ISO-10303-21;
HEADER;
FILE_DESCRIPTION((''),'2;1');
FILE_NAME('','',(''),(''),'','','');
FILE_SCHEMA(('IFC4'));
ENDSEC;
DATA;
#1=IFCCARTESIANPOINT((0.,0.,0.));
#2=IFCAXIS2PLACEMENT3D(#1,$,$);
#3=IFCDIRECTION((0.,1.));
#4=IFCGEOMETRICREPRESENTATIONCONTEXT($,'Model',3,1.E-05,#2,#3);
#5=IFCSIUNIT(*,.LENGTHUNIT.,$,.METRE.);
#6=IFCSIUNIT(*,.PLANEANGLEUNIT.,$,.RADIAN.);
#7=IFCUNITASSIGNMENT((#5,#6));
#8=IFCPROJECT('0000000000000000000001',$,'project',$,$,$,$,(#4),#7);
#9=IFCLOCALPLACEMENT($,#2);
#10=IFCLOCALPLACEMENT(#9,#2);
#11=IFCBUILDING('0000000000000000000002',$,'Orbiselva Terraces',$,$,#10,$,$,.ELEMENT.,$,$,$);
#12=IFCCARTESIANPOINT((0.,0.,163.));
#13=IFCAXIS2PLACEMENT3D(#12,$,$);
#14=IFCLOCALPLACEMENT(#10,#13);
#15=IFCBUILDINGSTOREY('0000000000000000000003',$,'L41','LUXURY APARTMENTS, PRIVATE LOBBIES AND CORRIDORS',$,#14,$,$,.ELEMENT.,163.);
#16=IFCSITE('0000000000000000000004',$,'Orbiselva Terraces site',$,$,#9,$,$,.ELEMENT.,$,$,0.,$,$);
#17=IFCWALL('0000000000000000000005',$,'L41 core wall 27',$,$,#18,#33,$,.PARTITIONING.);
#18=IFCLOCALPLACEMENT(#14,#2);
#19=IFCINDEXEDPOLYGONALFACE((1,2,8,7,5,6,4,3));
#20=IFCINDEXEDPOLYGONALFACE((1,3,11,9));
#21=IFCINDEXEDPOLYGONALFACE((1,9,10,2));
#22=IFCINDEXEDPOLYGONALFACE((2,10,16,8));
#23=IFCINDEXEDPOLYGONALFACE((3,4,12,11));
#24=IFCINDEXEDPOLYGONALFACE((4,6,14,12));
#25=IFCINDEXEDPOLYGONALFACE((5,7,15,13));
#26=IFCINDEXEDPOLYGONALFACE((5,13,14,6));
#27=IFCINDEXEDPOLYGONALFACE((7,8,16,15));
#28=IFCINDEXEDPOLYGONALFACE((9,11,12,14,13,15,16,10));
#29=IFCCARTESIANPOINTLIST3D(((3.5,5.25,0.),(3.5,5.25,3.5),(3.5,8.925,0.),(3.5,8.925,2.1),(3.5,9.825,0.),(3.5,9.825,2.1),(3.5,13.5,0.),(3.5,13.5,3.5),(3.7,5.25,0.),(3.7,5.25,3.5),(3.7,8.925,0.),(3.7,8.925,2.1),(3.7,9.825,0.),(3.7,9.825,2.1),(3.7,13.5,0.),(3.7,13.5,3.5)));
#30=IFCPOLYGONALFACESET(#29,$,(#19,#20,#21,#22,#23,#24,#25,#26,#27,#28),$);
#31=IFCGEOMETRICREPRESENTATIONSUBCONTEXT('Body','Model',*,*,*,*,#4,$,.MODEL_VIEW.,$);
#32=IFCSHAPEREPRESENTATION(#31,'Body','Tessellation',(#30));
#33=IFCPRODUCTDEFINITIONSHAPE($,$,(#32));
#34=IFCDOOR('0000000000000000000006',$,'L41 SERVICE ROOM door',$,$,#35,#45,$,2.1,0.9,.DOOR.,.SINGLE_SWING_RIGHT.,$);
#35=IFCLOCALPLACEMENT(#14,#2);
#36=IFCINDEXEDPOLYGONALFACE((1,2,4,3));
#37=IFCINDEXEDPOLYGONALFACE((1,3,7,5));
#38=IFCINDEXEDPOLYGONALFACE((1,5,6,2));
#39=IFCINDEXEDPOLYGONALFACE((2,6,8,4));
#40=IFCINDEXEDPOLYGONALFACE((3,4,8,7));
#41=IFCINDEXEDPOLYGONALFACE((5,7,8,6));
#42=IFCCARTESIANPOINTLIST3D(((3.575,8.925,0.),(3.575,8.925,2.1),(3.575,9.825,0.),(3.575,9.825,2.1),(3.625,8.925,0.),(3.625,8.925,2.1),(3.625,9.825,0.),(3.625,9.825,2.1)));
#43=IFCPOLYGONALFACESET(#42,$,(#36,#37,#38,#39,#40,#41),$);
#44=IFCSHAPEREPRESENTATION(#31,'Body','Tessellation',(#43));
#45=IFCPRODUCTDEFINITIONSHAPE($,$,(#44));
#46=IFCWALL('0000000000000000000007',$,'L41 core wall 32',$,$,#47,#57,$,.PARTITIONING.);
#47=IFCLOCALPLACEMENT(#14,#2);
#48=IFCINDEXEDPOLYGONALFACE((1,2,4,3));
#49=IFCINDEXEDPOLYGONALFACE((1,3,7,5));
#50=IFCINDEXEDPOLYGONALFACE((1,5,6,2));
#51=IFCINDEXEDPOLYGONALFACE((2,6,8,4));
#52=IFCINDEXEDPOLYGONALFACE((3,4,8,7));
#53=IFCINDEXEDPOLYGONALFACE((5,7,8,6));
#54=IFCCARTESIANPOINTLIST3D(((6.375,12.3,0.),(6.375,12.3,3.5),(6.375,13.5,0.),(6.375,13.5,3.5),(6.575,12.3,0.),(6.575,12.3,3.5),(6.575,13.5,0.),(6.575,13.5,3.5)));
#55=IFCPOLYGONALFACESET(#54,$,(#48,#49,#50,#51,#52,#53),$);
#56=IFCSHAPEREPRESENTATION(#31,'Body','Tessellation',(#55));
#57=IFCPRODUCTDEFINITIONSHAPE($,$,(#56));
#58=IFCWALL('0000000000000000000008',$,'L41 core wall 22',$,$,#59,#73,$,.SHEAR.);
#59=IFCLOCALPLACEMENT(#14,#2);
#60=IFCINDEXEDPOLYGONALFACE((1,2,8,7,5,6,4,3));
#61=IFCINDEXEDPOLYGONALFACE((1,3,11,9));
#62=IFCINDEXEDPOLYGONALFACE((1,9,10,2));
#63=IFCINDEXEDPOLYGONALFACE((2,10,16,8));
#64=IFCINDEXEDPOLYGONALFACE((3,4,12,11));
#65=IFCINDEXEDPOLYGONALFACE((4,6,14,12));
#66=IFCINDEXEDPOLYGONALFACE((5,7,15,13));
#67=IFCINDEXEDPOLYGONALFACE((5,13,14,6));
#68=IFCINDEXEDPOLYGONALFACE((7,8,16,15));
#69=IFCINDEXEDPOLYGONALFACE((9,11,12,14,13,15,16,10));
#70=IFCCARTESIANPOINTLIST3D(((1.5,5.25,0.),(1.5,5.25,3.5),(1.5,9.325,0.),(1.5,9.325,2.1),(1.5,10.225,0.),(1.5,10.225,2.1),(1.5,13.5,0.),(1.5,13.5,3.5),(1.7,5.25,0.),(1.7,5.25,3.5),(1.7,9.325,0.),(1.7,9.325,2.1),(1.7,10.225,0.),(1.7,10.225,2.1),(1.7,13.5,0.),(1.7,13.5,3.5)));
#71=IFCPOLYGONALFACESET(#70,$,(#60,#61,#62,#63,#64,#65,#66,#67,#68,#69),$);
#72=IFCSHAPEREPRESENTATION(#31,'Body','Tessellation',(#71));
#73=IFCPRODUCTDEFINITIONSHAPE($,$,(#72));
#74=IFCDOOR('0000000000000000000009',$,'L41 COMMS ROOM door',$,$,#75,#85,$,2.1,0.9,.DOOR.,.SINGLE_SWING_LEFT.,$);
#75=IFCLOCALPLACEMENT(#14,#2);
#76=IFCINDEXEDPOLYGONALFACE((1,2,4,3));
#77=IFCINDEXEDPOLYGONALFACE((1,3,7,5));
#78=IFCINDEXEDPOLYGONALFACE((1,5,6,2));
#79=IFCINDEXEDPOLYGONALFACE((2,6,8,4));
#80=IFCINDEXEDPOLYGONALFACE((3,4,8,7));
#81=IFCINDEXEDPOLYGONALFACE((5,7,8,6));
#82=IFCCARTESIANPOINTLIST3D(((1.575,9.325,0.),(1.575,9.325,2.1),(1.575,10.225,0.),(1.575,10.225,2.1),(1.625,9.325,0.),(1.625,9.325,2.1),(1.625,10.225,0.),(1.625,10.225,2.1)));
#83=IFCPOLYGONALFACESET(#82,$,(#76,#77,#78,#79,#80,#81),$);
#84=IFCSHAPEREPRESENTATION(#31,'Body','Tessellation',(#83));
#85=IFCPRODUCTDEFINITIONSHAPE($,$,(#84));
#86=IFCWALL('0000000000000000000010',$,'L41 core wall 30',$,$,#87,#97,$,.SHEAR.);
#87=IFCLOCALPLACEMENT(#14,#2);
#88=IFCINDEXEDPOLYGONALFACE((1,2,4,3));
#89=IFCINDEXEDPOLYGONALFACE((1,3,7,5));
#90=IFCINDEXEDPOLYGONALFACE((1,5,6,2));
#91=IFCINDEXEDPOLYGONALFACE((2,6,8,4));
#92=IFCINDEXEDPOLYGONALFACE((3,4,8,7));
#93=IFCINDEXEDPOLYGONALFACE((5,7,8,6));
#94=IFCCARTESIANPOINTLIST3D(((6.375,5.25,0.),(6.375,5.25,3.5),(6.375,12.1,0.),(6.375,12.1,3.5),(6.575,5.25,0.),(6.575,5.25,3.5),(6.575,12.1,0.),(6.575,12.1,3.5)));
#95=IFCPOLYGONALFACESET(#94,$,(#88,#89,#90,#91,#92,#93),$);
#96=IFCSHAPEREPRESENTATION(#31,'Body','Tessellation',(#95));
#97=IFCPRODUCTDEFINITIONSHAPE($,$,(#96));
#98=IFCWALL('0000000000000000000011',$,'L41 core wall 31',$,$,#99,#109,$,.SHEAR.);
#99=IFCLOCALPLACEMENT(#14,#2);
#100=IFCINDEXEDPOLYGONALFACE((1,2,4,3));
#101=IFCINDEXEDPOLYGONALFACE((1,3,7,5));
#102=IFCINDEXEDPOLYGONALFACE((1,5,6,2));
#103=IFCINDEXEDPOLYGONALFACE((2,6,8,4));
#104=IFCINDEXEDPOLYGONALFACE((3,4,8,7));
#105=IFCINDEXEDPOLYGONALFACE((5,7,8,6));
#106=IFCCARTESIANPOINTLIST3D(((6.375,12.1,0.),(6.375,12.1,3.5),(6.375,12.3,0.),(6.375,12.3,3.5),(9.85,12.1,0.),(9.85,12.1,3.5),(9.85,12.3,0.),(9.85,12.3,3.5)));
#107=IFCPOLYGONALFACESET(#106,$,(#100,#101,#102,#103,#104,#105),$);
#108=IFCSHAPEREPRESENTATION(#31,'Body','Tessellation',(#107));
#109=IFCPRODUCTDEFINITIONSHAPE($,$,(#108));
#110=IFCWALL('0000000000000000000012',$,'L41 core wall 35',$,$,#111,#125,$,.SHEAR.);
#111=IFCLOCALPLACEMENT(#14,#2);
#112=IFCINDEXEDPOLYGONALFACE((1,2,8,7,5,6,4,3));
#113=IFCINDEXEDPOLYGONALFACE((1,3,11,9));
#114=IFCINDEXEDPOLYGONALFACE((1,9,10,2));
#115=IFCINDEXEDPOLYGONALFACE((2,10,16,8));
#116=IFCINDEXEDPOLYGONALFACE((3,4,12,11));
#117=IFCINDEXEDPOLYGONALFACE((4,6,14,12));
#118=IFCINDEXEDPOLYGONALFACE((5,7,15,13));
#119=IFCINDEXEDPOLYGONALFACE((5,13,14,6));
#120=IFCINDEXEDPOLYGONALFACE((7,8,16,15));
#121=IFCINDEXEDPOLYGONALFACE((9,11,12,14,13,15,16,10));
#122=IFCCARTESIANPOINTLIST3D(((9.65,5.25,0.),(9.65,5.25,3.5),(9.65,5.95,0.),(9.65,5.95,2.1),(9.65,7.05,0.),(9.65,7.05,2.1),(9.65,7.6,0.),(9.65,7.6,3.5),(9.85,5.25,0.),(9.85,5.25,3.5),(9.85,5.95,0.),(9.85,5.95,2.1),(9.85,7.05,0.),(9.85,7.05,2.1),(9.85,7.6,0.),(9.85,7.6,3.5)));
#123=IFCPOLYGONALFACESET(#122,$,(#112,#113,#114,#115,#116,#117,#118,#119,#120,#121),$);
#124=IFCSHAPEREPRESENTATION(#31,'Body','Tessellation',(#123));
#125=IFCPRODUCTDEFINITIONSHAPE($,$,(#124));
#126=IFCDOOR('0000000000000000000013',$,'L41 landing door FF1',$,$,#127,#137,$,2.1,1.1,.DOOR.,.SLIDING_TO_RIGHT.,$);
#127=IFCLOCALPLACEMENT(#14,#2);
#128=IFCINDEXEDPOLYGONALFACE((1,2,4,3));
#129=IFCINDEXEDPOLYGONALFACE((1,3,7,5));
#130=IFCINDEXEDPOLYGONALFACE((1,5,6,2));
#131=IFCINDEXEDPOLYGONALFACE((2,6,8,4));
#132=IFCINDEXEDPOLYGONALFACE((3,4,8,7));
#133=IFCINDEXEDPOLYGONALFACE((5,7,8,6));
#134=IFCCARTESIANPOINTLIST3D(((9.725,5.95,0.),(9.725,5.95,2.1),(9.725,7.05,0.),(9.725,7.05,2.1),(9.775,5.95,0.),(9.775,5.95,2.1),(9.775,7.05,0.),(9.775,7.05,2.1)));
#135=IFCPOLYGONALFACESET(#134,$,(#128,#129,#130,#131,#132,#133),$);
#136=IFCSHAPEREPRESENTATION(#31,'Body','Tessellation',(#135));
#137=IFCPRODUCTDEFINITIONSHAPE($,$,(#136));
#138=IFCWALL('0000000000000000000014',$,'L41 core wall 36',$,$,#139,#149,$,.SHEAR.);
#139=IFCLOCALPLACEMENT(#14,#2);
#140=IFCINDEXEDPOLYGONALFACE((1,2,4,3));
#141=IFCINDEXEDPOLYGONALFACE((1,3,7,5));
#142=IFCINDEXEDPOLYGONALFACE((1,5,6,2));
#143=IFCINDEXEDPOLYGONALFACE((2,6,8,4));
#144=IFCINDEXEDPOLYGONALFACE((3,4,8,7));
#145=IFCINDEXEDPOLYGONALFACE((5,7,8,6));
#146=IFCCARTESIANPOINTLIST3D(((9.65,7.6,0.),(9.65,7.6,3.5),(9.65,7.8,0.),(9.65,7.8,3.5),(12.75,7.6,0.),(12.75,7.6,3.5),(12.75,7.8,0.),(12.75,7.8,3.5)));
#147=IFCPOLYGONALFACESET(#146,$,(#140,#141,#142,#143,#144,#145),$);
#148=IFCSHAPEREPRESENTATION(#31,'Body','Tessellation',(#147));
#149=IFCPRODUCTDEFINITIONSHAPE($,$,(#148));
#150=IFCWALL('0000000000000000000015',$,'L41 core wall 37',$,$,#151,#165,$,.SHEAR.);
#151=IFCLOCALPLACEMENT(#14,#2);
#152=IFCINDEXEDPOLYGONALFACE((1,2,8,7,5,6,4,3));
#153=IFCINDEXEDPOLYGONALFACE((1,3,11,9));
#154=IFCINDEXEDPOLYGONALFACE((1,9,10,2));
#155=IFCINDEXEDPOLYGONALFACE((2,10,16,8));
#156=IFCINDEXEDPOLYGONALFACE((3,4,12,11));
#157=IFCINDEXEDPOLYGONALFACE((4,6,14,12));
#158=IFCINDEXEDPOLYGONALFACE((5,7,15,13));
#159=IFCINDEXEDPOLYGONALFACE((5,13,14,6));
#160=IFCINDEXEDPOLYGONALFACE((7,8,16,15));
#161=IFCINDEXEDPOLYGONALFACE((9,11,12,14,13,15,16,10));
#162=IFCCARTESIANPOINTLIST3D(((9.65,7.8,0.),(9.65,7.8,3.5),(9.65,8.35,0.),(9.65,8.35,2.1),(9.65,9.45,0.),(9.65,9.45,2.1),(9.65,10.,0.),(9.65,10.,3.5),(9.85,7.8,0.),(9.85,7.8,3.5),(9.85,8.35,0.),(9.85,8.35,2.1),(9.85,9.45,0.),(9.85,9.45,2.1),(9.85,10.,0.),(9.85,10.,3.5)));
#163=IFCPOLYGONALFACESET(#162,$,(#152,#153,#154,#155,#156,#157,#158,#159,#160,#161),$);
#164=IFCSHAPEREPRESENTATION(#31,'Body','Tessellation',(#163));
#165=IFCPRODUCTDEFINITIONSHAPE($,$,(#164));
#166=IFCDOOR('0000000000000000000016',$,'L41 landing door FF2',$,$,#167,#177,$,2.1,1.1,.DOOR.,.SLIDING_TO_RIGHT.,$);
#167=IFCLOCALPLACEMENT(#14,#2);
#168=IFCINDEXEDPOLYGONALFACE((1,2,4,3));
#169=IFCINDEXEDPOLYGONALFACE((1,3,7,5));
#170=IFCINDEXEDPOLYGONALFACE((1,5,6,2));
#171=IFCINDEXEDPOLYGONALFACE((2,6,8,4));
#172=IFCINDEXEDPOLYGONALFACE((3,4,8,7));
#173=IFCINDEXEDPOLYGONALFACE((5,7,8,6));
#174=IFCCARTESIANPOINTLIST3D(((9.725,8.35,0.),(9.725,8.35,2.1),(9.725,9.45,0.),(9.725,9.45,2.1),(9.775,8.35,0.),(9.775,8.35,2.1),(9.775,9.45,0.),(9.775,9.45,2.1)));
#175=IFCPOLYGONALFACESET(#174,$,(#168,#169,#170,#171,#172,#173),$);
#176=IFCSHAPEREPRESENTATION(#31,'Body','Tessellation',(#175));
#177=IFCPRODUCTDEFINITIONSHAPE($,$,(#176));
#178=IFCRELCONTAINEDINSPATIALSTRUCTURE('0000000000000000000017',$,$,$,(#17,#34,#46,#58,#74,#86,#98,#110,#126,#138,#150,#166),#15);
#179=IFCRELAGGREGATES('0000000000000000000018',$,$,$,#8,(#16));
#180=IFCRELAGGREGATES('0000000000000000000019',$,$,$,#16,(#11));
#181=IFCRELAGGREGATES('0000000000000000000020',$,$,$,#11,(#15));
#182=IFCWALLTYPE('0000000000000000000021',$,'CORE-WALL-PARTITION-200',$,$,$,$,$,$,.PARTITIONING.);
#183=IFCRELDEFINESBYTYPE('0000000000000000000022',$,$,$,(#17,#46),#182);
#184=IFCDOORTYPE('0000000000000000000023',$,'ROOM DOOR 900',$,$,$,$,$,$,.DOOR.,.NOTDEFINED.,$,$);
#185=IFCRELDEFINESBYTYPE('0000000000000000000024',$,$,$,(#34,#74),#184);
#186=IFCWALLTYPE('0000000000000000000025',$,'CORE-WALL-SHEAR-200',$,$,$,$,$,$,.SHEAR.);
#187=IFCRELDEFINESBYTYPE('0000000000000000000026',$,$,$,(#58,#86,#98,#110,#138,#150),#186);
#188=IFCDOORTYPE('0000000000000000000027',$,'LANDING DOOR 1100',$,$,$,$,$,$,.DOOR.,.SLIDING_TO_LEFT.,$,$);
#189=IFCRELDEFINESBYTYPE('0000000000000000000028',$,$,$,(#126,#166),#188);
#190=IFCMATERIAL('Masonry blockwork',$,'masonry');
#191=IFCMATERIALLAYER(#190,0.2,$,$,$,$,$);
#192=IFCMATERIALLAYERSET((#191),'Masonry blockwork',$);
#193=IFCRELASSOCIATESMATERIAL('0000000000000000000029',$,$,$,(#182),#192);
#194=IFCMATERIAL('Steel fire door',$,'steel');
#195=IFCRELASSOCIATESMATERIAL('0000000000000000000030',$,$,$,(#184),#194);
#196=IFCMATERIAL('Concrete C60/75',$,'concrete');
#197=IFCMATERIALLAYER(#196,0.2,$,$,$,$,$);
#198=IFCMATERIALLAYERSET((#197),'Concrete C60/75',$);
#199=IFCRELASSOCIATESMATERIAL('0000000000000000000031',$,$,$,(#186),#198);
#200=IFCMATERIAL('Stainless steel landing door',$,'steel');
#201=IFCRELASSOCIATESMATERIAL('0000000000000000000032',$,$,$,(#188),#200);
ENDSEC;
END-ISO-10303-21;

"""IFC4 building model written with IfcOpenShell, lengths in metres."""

from ifc_helpers import new_model, si_unit, direction, frame, frame_2d, origin, place, context, subcontext, project, spatial, rectangle, extrude, material, layer, layer_set, type_object, element, fill, save


model = new_model("IFC4")

# Units and contexts
model_context = context("Model", 3, precision=1e-05, world=origin(), true_north=direction((0.0, 1.0)))
body_context = subcontext(model_context, "Body", "Model", "MODEL_VIEW")
ifc_project = project(units=[si_unit("LENGTHUNIT", "METRE"), si_unit("PLANEANGLEUNIT", "RADIAN")], contexts=[model_context])

# Site, building, storey
site_placement = place(None, origin())
site = spatial("IfcSite", under=ifc_project, at=site_placement, Name="Orbiselva Terraces site", CompositionType="ELEMENT", RefElevation=0.0)
building_placement = place(site_placement, origin())
building = spatial("IfcBuilding", under=site, at=building_placement, Name="Orbiselva Terraces", CompositionType="ELEMENT")
storey_placement = place(building_placement, frame((0.0, 0.0, 163.0)))
storey = spatial("IfcBuildingStorey", under=building, at=storey_placement, Name="L41", Description="LUXURY APARTMENTS, PRIVATE LOBBIES AND CORRIDORS", CompositionType="ELEMENT", Elevation=163.0)

# Wall, opening, door
ifc_material_1 = material(Name="Masonry blockwork", Category="masonry")
ifc_layer_1 = layer(ifc_material_1, 0.2)
ifc_layer_set_1 = layer_set([ifc_layer_1], Name="Masonry blockwork")
wall_type_1 = type_object("IfcWallType", Name="CORE-WALL-PARTITION-200", PredefinedType="PARTITIONING", material=ifc_layer_set_1)
wall_1_placement = place(storey_placement, frame((3.6, 13.5, 0.0), z_axis=(0.0, 0.0, 1.0), x_axis=(0.0, -1.0, 0.0)))
wall_1 = element("IfcWall", 1, at=wall_1_placement, inside=storey, type_object=wall_type_1, Name="L41 core wall 27", PredefinedType="PARTITIONING", context=body_context, shape_type="SweptSolid", body=[
    extrude(rectangle(XDim=8.25, YDim=0.2, at=frame_2d((4.125, 0.0))), origin(), (0.0, 0.0, 1.0), 3.5),
])
opening_1_placement = place(wall_1_placement, frame((3.675, 0.0, 0.0)))
opening_1 = element("IfcOpeningElement", 2, at=opening_1_placement, cuts=wall_1, PredefinedType="OPENING", context=body_context, shape_type="SweptSolid", body=[
    extrude(rectangle(XDim=0.9, YDim=2.1, at=frame_2d((0.45, 1.05))), frame((0.0, 0.11, 0.0), z_axis=(0.0, -1.0, 0.0), x_axis=(1.0, 0.0, 0.0)), (0.0, 0.0, 1.0), 0.22),
])
ifc_material_2 = material(Name="Steel fire door", Category="steel")
door_type_1 = type_object("IfcDoorType", Name="ROOM DOOR 900", OperationType="NOTDEFINED", PredefinedType="DOOR", material=ifc_material_2)
door_1_placement = place(opening_1_placement, origin())
door_1 = element("IfcDoor", 3, at=door_1_placement, inside=storey, type_object=door_type_1, Name="L41 SERVICE ROOM door", OperationType="SINGLE_SWING_RIGHT", OverallHeight=2.1, OverallWidth=0.9, PredefinedType="DOOR", context=body_context, shape_type="SweptSolid", body=[
    extrude(rectangle(XDim=0.9, YDim=2.1, at=frame_2d((0.45, 1.05))), frame((0.0, 0.025, 0.0), z_axis=(0.0, -1.0, 0.0), x_axis=(1.0, 0.0, 0.0)), (0.0, 0.0, 1.0), 0.05),
])
fill(opening_1, door_1)

# Wall
wall_2_placement = place(storey_placement, frame((6.475, 12.3, 0.0), z_axis=(0.0, 0.0, 1.0), x_axis=(0.0, 1.0, 0.0)))
element("IfcWall", 4, at=wall_2_placement, inside=storey, type_object=wall_type_1, Name="L41 core wall 32", PredefinedType="PARTITIONING", context=body_context, shape_type="SweptSolid", body=[
    extrude(rectangle(XDim=1.2, YDim=0.2, at=frame_2d((0.6, 0.0))), origin(), (0.0, 0.0, 1.0), 3.5),
])

# Wall, opening, door
ifc_material_3 = material(Name="Concrete C60/75", Category="concrete")
ifc_layer_2 = layer(ifc_material_3, 0.2)
ifc_layer_set_2 = layer_set([ifc_layer_2], Name="Concrete C60/75")
wall_type_2 = type_object("IfcWallType", Name="CORE-WALL-SHEAR-200", PredefinedType="SHEAR", material=ifc_layer_set_2)
wall_3_placement = place(storey_placement, frame((1.6, 13.5, 0.0), z_axis=(0.0, 0.0, 1.0), x_axis=(0.0, -1.0, 0.0)))
wall_3 = element("IfcWall", 5, at=wall_3_placement, inside=storey, type_object=wall_type_2, Name="L41 core wall 22", PredefinedType="SHEAR", context=body_context, shape_type="SweptSolid", body=[
    extrude(rectangle(XDim=8.25, YDim=0.2, at=frame_2d((4.125, 0.0))), origin(), (0.0, 0.0, 1.0), 3.5),
])
opening_2_placement = place(wall_3_placement, frame((3.275, 0.0, 0.0)))
opening_2 = element("IfcOpeningElement", 6, at=opening_2_placement, cuts=wall_3, PredefinedType="OPENING", context=body_context, shape_type="SweptSolid", body=[
    extrude(rectangle(XDim=0.9, YDim=2.1, at=frame_2d((0.45, 1.05))), frame((0.0, 0.11, 0.0), z_axis=(0.0, -1.0, 0.0), x_axis=(1.0, 0.0, 0.0)), (0.0, 0.0, 1.0), 0.22),
])
door_2_placement = place(opening_2_placement, origin())
door_2 = element("IfcDoor", 7, at=door_2_placement, inside=storey, type_object=door_type_1, Name="L41 COMMS ROOM door", OperationType="SINGLE_SWING_LEFT", OverallHeight=2.1, OverallWidth=0.9, PredefinedType="DOOR", context=body_context, shape_type="SweptSolid", body=[
    extrude(rectangle(XDim=0.9, YDim=2.1, at=frame_2d((0.45, 1.05))), frame((0.0, 0.025, 0.0), z_axis=(0.0, -1.0, 0.0), x_axis=(1.0, 0.0, 0.0)), (0.0, 0.0, 1.0), 0.05),
])
fill(opening_2, door_2)

# Walls
wall_4_placement = place(storey_placement, frame((6.475, 5.25, 0.0), z_axis=(0.0, 0.0, 1.0), x_axis=(0.0, 1.0, 0.0)))
element("IfcWall", 8, at=wall_4_placement, inside=storey, type_object=wall_type_2, Name="L41 core wall 30", PredefinedType="SHEAR", context=body_context, shape_type="SweptSolid", body=[
    extrude(rectangle(XDim=6.85, YDim=0.2, at=frame_2d((3.425, 0.0))), origin(), (0.0, 0.0, 1.0), 3.5),
])
wall_5_placement = place(storey_placement, frame((6.375, 12.2, 0.0), z_axis=(0.0, 0.0, 1.0), x_axis=(1.0, 0.0, 0.0)))
element("IfcWall", 9, at=wall_5_placement, inside=storey, type_object=wall_type_2, Name="L41 core wall 31", PredefinedType="SHEAR", context=body_context, shape_type="SweptSolid", body=[
    extrude(rectangle(XDim=3.475, YDim=0.2, at=frame_2d((1.7375, 0.0))), origin(), (0.0, 0.0, 1.0), 3.5),
])

# Wall, opening, door
wall_6_placement = place(storey_placement, frame((9.75, 5.25, 0.0), z_axis=(0.0, 0.0, 1.0), x_axis=(0.0, 1.0, 0.0)))
wall_6 = element("IfcWall", 10, at=wall_6_placement, inside=storey, type_object=wall_type_2, Name="L41 core wall 35", PredefinedType="SHEAR", context=body_context, shape_type="SweptSolid", body=[
    extrude(rectangle(XDim=2.35, YDim=0.2, at=frame_2d((1.175, 0.0))), origin(), (0.0, 0.0, 1.0), 3.5),
])
opening_3_placement = place(wall_6_placement, frame((0.7, 0.0, 0.0)))
opening_3 = element("IfcOpeningElement", 11, at=opening_3_placement, cuts=wall_6, PredefinedType="OPENING", context=body_context, shape_type="SweptSolid", body=[
    extrude(rectangle(XDim=1.1, YDim=2.1, at=frame_2d((0.55, 1.05))), frame((0.0, 0.11, 0.0), z_axis=(0.0, -1.0, 0.0), x_axis=(1.0, 0.0, 0.0)), (0.0, 0.0, 1.0), 0.22),
])
ifc_material_4 = material(Name="Stainless steel landing door", Category="steel")
door_type_2 = type_object("IfcDoorType", Name="LANDING DOOR 1100", OperationType="SLIDING_TO_LEFT", PredefinedType="DOOR", material=ifc_material_4)
door_3_placement = place(opening_3_placement, origin())
door_3 = element("IfcDoor", 12, at=door_3_placement, inside=storey, type_object=door_type_2, Name="L41 landing door FF1", OperationType="SLIDING_TO_RIGHT", OverallHeight=2.1, OverallWidth=1.1, PredefinedType="DOOR", context=body_context, shape_type="SweptSolid", body=[
    extrude(rectangle(XDim=1.1, YDim=2.1, at=frame_2d((0.55, 1.05))), frame((0.0, 0.025, 0.0), z_axis=(0.0, -1.0, 0.0), x_axis=(1.0, 0.0, 0.0)), (0.0, 0.0, 1.0), 0.05),
])
fill(opening_3, door_3)

# Wall
wall_7_placement = place(storey_placement, frame((9.65, 7.7, 0.0), z_axis=(0.0, 0.0, 1.0), x_axis=(1.0, 0.0, 0.0)))
element("IfcWall", 13, at=wall_7_placement, inside=storey, type_object=wall_type_2, Name="L41 core wall 36", PredefinedType="SHEAR", context=body_context, shape_type="SweptSolid", body=[
    extrude(rectangle(XDim=3.1, YDim=0.2, at=frame_2d((1.55, 0.0))), origin(), (0.0, 0.0, 1.0), 3.5),
])

# Wall, opening, door
wall_8_placement = place(storey_placement, frame((9.75, 7.8, 0.0), z_axis=(0.0, 0.0, 1.0), x_axis=(0.0, 1.0, 0.0)))
wall_8 = element("IfcWall", 14, at=wall_8_placement, inside=storey, type_object=wall_type_2, Name="L41 core wall 37", PredefinedType="SHEAR", context=body_context, shape_type="SweptSolid", body=[
    extrude(rectangle(XDim=2.2, YDim=0.2, at=frame_2d((1.1, 0.0))), origin(), (0.0, 0.0, 1.0), 3.5),
])
opening_4_placement = place(wall_8_placement, frame((0.55, 0.0, 0.0)))
opening_4 = element("IfcOpeningElement", 15, at=opening_4_placement, cuts=wall_8, PredefinedType="OPENING", context=body_context, shape_type="SweptSolid", body=[
    extrude(rectangle(XDim=1.1, YDim=2.1, at=frame_2d((0.55, 1.05))), frame((0.0, 0.11, 0.0), z_axis=(0.0, -1.0, 0.0), x_axis=(1.0, 0.0, 0.0)), (0.0, 0.0, 1.0), 0.22),
])
door_4_placement = place(opening_4_placement, origin())
door_4 = element("IfcDoor", 16, at=door_4_placement, inside=storey, type_object=door_type_2, Name="L41 landing door FF2", OperationType="SLIDING_TO_RIGHT", OverallHeight=2.1, OverallWidth=1.1, PredefinedType="DOOR", context=body_context, shape_type="SweptSolid", body=[
    extrude(rectangle(XDim=1.1, YDim=2.1, at=frame_2d((0.55, 1.05))), frame((0.0, 0.025, 0.0), z_axis=(0.0, -1.0, 0.0), x_axis=(1.0, 0.0, 0.0)), (0.0, 0.0, 1.0), 0.05),
])
fill(opening_4, door_4)

save(model, "model.ifc")
